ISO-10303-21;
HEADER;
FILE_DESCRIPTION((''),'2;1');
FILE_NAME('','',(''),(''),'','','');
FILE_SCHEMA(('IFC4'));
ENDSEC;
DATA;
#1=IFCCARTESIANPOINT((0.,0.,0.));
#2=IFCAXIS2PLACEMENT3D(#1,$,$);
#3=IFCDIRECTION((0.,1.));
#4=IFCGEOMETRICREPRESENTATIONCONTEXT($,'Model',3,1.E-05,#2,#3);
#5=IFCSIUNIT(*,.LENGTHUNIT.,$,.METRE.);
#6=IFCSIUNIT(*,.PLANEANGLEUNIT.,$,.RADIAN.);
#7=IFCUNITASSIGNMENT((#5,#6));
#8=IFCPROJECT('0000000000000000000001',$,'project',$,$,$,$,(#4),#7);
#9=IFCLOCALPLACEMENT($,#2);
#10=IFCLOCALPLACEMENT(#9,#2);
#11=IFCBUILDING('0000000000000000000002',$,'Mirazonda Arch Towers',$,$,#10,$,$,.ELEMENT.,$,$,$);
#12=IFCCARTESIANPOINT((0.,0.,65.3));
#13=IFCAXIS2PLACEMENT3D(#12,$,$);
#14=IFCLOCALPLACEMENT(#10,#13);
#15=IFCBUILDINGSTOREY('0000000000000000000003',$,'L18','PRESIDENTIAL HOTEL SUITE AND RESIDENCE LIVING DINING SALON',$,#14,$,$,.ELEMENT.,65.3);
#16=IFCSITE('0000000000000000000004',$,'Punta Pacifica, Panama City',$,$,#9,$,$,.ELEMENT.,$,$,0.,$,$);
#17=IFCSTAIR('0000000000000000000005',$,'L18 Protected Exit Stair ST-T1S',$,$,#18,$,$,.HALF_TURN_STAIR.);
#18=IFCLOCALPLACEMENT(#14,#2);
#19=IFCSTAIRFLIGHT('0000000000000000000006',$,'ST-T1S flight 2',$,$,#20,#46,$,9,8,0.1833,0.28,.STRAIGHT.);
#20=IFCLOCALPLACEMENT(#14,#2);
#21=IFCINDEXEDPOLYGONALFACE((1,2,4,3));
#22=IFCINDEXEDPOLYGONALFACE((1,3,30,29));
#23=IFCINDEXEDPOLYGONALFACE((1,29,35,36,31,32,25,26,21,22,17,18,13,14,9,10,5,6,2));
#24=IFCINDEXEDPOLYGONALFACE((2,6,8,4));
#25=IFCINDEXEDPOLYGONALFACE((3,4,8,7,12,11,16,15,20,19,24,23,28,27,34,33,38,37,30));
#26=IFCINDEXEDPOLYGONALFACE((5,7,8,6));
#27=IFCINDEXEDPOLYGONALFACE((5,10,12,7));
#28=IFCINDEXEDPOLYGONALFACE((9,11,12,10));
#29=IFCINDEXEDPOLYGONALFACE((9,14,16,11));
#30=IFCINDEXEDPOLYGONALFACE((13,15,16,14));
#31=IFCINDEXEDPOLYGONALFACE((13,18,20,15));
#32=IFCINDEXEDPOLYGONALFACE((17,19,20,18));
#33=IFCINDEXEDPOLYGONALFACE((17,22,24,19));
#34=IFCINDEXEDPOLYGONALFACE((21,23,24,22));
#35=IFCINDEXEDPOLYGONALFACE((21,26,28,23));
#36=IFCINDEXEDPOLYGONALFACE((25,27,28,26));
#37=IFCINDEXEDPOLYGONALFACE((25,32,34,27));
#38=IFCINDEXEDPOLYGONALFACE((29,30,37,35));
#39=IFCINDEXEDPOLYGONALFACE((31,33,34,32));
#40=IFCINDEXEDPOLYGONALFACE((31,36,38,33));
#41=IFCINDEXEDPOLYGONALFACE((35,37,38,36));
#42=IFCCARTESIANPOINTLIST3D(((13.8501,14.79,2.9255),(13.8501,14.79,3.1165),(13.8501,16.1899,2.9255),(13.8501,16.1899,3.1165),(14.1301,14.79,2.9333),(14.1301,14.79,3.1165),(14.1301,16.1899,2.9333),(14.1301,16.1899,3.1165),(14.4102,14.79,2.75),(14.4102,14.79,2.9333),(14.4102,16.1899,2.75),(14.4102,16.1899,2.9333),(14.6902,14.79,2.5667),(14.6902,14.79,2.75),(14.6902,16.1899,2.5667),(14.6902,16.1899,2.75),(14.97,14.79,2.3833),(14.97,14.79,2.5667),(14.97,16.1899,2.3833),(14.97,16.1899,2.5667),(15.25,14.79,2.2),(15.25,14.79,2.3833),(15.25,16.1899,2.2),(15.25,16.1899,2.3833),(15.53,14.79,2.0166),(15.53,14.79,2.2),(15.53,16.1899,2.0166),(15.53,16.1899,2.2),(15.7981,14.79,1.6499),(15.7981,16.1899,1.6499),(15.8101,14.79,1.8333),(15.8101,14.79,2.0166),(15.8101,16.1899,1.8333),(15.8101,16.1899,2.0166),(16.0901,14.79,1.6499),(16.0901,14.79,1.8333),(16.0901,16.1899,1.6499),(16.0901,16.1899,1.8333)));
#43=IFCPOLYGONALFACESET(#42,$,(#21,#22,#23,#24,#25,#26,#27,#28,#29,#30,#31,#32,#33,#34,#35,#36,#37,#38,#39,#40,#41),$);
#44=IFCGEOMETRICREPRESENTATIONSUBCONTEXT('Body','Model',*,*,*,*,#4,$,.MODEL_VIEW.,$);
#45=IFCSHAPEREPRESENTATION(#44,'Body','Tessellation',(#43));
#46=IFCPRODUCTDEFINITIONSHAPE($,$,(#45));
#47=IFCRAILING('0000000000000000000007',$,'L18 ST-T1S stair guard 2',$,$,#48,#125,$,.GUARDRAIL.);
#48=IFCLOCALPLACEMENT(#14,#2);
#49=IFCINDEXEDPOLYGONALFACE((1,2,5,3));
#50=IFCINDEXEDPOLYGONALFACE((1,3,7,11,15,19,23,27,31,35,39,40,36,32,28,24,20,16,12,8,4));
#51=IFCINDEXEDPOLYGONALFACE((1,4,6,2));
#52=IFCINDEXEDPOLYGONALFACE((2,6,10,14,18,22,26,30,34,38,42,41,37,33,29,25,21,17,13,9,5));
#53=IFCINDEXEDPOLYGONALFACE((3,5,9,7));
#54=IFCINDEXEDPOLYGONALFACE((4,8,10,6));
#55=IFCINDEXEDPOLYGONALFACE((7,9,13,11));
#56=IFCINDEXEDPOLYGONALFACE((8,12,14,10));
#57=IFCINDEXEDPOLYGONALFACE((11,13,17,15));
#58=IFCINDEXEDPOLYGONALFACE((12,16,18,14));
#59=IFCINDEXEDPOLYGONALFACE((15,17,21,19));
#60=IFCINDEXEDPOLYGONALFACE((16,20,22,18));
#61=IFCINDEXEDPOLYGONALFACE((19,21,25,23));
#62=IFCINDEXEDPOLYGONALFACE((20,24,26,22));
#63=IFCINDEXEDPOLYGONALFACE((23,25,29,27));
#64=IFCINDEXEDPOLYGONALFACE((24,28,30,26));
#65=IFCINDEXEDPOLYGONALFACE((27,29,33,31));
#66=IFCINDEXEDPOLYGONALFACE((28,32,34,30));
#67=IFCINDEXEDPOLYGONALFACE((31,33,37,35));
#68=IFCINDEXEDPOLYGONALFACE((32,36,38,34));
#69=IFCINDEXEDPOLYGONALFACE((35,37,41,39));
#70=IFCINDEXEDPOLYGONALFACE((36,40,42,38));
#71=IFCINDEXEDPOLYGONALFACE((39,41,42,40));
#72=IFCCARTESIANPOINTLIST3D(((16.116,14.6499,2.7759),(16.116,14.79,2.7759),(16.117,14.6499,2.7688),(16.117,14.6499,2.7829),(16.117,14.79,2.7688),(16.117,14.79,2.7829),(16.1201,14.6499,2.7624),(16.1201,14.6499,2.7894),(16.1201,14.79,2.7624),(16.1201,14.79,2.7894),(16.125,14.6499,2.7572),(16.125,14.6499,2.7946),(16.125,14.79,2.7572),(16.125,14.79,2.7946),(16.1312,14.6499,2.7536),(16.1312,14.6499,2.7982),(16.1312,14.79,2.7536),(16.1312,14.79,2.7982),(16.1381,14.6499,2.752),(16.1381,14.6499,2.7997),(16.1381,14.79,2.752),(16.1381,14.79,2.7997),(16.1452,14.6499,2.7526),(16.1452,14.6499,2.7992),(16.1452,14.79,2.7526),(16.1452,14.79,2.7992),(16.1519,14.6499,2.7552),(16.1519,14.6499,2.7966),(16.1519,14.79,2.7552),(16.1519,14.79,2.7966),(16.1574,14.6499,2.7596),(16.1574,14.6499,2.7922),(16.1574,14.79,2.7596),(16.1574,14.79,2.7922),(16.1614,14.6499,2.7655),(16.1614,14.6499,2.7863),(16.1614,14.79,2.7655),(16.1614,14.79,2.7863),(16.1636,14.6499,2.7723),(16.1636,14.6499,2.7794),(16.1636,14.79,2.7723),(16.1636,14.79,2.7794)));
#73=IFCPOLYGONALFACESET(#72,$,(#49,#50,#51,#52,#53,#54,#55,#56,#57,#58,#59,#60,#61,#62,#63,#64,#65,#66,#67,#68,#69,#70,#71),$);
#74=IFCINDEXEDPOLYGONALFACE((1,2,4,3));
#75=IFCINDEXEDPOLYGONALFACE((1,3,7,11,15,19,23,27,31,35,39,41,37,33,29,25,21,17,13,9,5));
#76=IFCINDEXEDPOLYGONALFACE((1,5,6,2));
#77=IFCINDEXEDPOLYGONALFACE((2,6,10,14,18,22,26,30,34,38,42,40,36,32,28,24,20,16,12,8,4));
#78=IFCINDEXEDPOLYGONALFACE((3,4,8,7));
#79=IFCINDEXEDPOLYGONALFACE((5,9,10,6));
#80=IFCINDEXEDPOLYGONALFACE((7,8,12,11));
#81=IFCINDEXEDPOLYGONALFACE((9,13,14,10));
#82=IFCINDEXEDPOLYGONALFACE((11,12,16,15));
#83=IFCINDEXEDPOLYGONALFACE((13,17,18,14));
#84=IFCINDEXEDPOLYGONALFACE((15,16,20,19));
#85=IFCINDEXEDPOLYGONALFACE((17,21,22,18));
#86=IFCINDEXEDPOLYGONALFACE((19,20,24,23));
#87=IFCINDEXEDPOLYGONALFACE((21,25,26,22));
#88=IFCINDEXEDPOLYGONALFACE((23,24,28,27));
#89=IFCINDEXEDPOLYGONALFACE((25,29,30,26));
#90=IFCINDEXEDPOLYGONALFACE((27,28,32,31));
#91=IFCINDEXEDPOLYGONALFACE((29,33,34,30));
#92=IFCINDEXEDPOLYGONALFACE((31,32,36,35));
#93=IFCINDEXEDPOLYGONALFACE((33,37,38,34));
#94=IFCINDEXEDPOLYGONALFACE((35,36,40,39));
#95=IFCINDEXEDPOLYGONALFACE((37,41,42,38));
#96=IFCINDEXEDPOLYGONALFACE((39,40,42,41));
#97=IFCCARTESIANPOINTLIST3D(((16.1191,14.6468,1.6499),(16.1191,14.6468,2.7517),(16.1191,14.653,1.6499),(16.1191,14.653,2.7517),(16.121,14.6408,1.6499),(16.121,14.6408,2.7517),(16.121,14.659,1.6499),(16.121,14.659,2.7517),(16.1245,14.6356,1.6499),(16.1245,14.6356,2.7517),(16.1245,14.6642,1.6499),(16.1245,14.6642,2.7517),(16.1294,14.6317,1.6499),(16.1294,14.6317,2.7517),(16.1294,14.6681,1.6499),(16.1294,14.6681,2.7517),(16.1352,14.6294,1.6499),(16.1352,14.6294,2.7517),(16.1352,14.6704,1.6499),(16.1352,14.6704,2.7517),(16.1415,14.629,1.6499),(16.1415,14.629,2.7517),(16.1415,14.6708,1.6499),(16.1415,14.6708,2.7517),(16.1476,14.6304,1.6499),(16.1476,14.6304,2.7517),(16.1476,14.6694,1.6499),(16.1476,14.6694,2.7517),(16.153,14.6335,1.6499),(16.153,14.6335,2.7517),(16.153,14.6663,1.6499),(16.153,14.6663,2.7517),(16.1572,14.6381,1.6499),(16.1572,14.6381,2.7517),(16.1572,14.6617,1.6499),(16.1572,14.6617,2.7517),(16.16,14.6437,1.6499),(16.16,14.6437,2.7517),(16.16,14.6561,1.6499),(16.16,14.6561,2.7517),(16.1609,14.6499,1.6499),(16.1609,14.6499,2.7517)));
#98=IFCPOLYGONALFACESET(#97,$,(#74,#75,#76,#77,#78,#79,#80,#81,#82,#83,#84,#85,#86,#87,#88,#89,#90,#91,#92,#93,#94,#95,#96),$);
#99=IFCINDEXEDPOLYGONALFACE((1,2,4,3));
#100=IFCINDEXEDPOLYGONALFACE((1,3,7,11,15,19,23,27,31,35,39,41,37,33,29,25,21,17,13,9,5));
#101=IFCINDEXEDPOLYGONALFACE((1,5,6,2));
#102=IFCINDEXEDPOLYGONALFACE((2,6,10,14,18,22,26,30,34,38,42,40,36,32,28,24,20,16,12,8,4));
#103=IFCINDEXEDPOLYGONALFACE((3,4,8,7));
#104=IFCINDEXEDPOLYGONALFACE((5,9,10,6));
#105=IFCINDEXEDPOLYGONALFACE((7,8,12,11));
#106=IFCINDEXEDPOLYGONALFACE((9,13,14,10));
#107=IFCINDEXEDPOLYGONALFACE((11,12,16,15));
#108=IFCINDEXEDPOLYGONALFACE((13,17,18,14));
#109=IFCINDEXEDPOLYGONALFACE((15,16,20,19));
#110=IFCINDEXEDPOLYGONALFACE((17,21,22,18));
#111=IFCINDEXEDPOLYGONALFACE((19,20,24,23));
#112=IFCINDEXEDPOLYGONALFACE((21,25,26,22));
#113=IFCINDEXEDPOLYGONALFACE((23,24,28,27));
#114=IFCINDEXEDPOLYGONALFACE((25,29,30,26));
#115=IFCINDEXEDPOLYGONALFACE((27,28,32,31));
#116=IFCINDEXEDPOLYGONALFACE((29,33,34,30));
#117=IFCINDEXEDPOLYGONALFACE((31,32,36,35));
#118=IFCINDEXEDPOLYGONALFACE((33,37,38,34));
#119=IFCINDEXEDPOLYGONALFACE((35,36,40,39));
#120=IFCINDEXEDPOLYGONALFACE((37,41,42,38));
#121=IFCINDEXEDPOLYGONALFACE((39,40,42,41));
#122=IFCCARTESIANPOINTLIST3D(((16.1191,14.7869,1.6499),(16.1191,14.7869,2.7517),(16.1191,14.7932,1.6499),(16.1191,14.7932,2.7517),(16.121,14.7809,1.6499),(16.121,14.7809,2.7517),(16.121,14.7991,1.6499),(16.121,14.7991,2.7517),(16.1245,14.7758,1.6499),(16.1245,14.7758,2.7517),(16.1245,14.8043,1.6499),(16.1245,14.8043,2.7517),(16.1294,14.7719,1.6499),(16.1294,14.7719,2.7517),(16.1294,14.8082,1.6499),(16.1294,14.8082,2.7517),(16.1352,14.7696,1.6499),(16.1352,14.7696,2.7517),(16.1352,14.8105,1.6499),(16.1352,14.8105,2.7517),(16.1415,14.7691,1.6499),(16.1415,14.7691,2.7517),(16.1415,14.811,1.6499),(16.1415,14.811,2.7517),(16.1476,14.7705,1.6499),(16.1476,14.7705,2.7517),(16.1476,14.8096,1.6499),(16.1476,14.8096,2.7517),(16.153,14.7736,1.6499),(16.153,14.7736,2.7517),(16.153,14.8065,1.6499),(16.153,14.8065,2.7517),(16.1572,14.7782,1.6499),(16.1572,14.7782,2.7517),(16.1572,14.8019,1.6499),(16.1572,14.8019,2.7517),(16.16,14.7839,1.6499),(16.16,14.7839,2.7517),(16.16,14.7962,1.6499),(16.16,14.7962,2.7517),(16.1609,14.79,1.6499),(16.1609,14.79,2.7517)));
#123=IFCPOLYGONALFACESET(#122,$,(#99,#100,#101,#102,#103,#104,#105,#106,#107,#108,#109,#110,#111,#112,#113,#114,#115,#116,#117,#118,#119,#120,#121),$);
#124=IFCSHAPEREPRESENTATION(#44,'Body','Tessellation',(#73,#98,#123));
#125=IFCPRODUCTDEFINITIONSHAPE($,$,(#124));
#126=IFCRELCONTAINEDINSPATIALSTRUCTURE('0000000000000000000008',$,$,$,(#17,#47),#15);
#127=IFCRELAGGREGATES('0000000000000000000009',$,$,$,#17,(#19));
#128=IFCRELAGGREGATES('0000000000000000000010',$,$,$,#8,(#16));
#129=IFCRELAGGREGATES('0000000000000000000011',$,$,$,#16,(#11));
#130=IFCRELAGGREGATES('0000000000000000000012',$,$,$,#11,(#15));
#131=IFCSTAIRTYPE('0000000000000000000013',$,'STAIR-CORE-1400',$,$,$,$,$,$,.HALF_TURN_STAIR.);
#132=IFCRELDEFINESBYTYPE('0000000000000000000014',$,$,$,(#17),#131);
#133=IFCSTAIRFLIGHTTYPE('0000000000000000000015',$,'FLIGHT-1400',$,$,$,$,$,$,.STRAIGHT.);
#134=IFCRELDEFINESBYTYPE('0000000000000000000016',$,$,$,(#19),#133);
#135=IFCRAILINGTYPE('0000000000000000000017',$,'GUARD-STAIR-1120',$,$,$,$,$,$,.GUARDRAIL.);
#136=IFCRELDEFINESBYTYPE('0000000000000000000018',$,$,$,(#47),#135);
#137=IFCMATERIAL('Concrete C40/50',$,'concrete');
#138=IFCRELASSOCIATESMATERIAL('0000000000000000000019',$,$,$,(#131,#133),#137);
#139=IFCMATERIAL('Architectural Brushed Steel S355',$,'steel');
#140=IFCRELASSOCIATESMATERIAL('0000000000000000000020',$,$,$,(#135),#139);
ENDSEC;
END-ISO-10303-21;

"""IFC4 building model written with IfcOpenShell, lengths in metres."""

from ifc_helpers import new_model, si_unit, direction, frame, origin, origin_2d, place, context, subcontext, project, spatial, polyline, circle, outline, extrude, material, type_object, element, aggregate, save


model = new_model("IFC4")

# Units and contexts
model_context = context("Model", 3, precision=1e-05, world=origin(), true_north=direction((0.0, 1.0)))
body_context = subcontext(model_context, "Body", "Model", "MODEL_VIEW")
ifc_project = project(units=[si_unit("LENGTHUNIT", "METRE"), si_unit("PLANEANGLEUNIT", "RADIAN")], contexts=[model_context])

# Site, building, storey
site_placement = place(None, origin())
site = spatial("IfcSite", under=ifc_project, at=site_placement, Name="Punta Pacifica, Panama City", CompositionType="ELEMENT", RefElevation=0.0)
building_placement = place(site_placement, origin())
building = spatial("IfcBuilding", under=site, at=building_placement, Name="Mirazonda Arch Towers", CompositionType="ELEMENT")
storey_placement = place(building_placement, frame((0.0, 0.0, 65.3)))
storey = spatial("IfcBuildingStorey", under=building, at=storey_placement, Name="L18", Description="PRESIDENTIAL HOTEL SUITE AND RESIDENCE LIVING DINING SALON", CompositionType="ELEMENT", Elevation=65.3)

# Shared definitions
ifc_material_1 = material(Name="Concrete C40/50", Category="concrete")

# Stair, stair flight
stair_type = type_object("IfcStairType", Name="STAIR-CORE-1400", PredefinedType="HALF_TURN_STAIR", material=ifc_material_1)
stair_placement = place(storey_placement, origin())
stair = element("IfcStair", 1, at=stair_placement, inside=storey, type_object=stair_type, Name="L18 Protected Exit Stair ST-T1S", PredefinedType="HALF_TURN_STAIR")
stair_flight_type = type_object("IfcStairFlightType", Name="FLIGHT-1400", PredefinedType="STRAIGHT", material=ifc_material_1)
stair_flight_placement = place(storey_placement, frame((16.0901, 15.49, 1.6499), z_axis=(0.0, 0.0, 1.0), x_axis=(-1.0, 0.0, 0.0)))
stair_flight = element("IfcStairFlight", 2, at=stair_flight_placement, type_object=stair_flight_type, Name="ST-T1S flight 2", NumberOfRisers=9, NumberOfTreads=8, PredefinedType="STRAIGHT", RiserHeight=0.1833, TreadLength=0.28, context=body_context, shape_type="SweptSolid", body=[
    extrude(outline(polyline([(0.0, 0.0), (0.0, 0.1833), (0.28, 0.1833), (0.28, 0.3667), (0.5601, 0.3667), (0.5601, 0.55), (0.8401, 0.55), (0.8401, 0.7334), (1.1201, 0.7334), (1.1201, 0.9167), (1.3999, 0.9167), (1.3999, 1.1001), (1.6799, 1.1001), (1.6799, 1.2834), (1.96, 1.2834), (1.96, 1.4666), (2.24, 1.4666), (2.24, 1.6499), (2.24, 1.2756), (0.292, 0.0), (0.0, 0.0)])), frame((0.0, 0.7, 0.0), z_axis=(0.0, -1.0, 0.0), x_axis=(1.0, 0.0, 0.0)), (0.0, 0.0, 1.0), 1.3999),
])
aggregate(stair, [stair_flight])

# Railing
ifc_material_2 = material(Name="Architectural Brushed Steel S355", Category="steel")
railing_type_1 = type_object("IfcRailingType", Name="GUARD-STAIR-1120", PredefinedType="GUARDRAIL", material=ifc_material_2)
railing_1_placement = place(storey_placement, frame((16.1399, 14.6499, 1.6499)))
element("IfcRailing", 3, at=railing_1_placement, inside=storey, type_object=railing_type_1, Name="L18 ST-T1S stair guard 2", PredefinedType="GUARDRAIL", context=body_context, shape_type="SweptSolid", body=[
    extrude(circle(Radius=0.0239, at=origin_2d()), frame((0.0, 0.0, 1.126), z_axis=(0.0, 1.0, 0.0), x_axis=(-1.0, 0.0, 0.0)), (0.0, 0.0, 1.0), 0.1401),
    extrude(circle(Radius=0.021, at=origin_2d()), origin(), (0.0, 0.0, 1.0), 1.1018),
    extrude(circle(Radius=0.021, at=origin_2d()), frame((0.0, 0.1401, 0.0)), (0.0, 0.0, 1.0), 1.1018),
])

save(model, "model.ifc")
